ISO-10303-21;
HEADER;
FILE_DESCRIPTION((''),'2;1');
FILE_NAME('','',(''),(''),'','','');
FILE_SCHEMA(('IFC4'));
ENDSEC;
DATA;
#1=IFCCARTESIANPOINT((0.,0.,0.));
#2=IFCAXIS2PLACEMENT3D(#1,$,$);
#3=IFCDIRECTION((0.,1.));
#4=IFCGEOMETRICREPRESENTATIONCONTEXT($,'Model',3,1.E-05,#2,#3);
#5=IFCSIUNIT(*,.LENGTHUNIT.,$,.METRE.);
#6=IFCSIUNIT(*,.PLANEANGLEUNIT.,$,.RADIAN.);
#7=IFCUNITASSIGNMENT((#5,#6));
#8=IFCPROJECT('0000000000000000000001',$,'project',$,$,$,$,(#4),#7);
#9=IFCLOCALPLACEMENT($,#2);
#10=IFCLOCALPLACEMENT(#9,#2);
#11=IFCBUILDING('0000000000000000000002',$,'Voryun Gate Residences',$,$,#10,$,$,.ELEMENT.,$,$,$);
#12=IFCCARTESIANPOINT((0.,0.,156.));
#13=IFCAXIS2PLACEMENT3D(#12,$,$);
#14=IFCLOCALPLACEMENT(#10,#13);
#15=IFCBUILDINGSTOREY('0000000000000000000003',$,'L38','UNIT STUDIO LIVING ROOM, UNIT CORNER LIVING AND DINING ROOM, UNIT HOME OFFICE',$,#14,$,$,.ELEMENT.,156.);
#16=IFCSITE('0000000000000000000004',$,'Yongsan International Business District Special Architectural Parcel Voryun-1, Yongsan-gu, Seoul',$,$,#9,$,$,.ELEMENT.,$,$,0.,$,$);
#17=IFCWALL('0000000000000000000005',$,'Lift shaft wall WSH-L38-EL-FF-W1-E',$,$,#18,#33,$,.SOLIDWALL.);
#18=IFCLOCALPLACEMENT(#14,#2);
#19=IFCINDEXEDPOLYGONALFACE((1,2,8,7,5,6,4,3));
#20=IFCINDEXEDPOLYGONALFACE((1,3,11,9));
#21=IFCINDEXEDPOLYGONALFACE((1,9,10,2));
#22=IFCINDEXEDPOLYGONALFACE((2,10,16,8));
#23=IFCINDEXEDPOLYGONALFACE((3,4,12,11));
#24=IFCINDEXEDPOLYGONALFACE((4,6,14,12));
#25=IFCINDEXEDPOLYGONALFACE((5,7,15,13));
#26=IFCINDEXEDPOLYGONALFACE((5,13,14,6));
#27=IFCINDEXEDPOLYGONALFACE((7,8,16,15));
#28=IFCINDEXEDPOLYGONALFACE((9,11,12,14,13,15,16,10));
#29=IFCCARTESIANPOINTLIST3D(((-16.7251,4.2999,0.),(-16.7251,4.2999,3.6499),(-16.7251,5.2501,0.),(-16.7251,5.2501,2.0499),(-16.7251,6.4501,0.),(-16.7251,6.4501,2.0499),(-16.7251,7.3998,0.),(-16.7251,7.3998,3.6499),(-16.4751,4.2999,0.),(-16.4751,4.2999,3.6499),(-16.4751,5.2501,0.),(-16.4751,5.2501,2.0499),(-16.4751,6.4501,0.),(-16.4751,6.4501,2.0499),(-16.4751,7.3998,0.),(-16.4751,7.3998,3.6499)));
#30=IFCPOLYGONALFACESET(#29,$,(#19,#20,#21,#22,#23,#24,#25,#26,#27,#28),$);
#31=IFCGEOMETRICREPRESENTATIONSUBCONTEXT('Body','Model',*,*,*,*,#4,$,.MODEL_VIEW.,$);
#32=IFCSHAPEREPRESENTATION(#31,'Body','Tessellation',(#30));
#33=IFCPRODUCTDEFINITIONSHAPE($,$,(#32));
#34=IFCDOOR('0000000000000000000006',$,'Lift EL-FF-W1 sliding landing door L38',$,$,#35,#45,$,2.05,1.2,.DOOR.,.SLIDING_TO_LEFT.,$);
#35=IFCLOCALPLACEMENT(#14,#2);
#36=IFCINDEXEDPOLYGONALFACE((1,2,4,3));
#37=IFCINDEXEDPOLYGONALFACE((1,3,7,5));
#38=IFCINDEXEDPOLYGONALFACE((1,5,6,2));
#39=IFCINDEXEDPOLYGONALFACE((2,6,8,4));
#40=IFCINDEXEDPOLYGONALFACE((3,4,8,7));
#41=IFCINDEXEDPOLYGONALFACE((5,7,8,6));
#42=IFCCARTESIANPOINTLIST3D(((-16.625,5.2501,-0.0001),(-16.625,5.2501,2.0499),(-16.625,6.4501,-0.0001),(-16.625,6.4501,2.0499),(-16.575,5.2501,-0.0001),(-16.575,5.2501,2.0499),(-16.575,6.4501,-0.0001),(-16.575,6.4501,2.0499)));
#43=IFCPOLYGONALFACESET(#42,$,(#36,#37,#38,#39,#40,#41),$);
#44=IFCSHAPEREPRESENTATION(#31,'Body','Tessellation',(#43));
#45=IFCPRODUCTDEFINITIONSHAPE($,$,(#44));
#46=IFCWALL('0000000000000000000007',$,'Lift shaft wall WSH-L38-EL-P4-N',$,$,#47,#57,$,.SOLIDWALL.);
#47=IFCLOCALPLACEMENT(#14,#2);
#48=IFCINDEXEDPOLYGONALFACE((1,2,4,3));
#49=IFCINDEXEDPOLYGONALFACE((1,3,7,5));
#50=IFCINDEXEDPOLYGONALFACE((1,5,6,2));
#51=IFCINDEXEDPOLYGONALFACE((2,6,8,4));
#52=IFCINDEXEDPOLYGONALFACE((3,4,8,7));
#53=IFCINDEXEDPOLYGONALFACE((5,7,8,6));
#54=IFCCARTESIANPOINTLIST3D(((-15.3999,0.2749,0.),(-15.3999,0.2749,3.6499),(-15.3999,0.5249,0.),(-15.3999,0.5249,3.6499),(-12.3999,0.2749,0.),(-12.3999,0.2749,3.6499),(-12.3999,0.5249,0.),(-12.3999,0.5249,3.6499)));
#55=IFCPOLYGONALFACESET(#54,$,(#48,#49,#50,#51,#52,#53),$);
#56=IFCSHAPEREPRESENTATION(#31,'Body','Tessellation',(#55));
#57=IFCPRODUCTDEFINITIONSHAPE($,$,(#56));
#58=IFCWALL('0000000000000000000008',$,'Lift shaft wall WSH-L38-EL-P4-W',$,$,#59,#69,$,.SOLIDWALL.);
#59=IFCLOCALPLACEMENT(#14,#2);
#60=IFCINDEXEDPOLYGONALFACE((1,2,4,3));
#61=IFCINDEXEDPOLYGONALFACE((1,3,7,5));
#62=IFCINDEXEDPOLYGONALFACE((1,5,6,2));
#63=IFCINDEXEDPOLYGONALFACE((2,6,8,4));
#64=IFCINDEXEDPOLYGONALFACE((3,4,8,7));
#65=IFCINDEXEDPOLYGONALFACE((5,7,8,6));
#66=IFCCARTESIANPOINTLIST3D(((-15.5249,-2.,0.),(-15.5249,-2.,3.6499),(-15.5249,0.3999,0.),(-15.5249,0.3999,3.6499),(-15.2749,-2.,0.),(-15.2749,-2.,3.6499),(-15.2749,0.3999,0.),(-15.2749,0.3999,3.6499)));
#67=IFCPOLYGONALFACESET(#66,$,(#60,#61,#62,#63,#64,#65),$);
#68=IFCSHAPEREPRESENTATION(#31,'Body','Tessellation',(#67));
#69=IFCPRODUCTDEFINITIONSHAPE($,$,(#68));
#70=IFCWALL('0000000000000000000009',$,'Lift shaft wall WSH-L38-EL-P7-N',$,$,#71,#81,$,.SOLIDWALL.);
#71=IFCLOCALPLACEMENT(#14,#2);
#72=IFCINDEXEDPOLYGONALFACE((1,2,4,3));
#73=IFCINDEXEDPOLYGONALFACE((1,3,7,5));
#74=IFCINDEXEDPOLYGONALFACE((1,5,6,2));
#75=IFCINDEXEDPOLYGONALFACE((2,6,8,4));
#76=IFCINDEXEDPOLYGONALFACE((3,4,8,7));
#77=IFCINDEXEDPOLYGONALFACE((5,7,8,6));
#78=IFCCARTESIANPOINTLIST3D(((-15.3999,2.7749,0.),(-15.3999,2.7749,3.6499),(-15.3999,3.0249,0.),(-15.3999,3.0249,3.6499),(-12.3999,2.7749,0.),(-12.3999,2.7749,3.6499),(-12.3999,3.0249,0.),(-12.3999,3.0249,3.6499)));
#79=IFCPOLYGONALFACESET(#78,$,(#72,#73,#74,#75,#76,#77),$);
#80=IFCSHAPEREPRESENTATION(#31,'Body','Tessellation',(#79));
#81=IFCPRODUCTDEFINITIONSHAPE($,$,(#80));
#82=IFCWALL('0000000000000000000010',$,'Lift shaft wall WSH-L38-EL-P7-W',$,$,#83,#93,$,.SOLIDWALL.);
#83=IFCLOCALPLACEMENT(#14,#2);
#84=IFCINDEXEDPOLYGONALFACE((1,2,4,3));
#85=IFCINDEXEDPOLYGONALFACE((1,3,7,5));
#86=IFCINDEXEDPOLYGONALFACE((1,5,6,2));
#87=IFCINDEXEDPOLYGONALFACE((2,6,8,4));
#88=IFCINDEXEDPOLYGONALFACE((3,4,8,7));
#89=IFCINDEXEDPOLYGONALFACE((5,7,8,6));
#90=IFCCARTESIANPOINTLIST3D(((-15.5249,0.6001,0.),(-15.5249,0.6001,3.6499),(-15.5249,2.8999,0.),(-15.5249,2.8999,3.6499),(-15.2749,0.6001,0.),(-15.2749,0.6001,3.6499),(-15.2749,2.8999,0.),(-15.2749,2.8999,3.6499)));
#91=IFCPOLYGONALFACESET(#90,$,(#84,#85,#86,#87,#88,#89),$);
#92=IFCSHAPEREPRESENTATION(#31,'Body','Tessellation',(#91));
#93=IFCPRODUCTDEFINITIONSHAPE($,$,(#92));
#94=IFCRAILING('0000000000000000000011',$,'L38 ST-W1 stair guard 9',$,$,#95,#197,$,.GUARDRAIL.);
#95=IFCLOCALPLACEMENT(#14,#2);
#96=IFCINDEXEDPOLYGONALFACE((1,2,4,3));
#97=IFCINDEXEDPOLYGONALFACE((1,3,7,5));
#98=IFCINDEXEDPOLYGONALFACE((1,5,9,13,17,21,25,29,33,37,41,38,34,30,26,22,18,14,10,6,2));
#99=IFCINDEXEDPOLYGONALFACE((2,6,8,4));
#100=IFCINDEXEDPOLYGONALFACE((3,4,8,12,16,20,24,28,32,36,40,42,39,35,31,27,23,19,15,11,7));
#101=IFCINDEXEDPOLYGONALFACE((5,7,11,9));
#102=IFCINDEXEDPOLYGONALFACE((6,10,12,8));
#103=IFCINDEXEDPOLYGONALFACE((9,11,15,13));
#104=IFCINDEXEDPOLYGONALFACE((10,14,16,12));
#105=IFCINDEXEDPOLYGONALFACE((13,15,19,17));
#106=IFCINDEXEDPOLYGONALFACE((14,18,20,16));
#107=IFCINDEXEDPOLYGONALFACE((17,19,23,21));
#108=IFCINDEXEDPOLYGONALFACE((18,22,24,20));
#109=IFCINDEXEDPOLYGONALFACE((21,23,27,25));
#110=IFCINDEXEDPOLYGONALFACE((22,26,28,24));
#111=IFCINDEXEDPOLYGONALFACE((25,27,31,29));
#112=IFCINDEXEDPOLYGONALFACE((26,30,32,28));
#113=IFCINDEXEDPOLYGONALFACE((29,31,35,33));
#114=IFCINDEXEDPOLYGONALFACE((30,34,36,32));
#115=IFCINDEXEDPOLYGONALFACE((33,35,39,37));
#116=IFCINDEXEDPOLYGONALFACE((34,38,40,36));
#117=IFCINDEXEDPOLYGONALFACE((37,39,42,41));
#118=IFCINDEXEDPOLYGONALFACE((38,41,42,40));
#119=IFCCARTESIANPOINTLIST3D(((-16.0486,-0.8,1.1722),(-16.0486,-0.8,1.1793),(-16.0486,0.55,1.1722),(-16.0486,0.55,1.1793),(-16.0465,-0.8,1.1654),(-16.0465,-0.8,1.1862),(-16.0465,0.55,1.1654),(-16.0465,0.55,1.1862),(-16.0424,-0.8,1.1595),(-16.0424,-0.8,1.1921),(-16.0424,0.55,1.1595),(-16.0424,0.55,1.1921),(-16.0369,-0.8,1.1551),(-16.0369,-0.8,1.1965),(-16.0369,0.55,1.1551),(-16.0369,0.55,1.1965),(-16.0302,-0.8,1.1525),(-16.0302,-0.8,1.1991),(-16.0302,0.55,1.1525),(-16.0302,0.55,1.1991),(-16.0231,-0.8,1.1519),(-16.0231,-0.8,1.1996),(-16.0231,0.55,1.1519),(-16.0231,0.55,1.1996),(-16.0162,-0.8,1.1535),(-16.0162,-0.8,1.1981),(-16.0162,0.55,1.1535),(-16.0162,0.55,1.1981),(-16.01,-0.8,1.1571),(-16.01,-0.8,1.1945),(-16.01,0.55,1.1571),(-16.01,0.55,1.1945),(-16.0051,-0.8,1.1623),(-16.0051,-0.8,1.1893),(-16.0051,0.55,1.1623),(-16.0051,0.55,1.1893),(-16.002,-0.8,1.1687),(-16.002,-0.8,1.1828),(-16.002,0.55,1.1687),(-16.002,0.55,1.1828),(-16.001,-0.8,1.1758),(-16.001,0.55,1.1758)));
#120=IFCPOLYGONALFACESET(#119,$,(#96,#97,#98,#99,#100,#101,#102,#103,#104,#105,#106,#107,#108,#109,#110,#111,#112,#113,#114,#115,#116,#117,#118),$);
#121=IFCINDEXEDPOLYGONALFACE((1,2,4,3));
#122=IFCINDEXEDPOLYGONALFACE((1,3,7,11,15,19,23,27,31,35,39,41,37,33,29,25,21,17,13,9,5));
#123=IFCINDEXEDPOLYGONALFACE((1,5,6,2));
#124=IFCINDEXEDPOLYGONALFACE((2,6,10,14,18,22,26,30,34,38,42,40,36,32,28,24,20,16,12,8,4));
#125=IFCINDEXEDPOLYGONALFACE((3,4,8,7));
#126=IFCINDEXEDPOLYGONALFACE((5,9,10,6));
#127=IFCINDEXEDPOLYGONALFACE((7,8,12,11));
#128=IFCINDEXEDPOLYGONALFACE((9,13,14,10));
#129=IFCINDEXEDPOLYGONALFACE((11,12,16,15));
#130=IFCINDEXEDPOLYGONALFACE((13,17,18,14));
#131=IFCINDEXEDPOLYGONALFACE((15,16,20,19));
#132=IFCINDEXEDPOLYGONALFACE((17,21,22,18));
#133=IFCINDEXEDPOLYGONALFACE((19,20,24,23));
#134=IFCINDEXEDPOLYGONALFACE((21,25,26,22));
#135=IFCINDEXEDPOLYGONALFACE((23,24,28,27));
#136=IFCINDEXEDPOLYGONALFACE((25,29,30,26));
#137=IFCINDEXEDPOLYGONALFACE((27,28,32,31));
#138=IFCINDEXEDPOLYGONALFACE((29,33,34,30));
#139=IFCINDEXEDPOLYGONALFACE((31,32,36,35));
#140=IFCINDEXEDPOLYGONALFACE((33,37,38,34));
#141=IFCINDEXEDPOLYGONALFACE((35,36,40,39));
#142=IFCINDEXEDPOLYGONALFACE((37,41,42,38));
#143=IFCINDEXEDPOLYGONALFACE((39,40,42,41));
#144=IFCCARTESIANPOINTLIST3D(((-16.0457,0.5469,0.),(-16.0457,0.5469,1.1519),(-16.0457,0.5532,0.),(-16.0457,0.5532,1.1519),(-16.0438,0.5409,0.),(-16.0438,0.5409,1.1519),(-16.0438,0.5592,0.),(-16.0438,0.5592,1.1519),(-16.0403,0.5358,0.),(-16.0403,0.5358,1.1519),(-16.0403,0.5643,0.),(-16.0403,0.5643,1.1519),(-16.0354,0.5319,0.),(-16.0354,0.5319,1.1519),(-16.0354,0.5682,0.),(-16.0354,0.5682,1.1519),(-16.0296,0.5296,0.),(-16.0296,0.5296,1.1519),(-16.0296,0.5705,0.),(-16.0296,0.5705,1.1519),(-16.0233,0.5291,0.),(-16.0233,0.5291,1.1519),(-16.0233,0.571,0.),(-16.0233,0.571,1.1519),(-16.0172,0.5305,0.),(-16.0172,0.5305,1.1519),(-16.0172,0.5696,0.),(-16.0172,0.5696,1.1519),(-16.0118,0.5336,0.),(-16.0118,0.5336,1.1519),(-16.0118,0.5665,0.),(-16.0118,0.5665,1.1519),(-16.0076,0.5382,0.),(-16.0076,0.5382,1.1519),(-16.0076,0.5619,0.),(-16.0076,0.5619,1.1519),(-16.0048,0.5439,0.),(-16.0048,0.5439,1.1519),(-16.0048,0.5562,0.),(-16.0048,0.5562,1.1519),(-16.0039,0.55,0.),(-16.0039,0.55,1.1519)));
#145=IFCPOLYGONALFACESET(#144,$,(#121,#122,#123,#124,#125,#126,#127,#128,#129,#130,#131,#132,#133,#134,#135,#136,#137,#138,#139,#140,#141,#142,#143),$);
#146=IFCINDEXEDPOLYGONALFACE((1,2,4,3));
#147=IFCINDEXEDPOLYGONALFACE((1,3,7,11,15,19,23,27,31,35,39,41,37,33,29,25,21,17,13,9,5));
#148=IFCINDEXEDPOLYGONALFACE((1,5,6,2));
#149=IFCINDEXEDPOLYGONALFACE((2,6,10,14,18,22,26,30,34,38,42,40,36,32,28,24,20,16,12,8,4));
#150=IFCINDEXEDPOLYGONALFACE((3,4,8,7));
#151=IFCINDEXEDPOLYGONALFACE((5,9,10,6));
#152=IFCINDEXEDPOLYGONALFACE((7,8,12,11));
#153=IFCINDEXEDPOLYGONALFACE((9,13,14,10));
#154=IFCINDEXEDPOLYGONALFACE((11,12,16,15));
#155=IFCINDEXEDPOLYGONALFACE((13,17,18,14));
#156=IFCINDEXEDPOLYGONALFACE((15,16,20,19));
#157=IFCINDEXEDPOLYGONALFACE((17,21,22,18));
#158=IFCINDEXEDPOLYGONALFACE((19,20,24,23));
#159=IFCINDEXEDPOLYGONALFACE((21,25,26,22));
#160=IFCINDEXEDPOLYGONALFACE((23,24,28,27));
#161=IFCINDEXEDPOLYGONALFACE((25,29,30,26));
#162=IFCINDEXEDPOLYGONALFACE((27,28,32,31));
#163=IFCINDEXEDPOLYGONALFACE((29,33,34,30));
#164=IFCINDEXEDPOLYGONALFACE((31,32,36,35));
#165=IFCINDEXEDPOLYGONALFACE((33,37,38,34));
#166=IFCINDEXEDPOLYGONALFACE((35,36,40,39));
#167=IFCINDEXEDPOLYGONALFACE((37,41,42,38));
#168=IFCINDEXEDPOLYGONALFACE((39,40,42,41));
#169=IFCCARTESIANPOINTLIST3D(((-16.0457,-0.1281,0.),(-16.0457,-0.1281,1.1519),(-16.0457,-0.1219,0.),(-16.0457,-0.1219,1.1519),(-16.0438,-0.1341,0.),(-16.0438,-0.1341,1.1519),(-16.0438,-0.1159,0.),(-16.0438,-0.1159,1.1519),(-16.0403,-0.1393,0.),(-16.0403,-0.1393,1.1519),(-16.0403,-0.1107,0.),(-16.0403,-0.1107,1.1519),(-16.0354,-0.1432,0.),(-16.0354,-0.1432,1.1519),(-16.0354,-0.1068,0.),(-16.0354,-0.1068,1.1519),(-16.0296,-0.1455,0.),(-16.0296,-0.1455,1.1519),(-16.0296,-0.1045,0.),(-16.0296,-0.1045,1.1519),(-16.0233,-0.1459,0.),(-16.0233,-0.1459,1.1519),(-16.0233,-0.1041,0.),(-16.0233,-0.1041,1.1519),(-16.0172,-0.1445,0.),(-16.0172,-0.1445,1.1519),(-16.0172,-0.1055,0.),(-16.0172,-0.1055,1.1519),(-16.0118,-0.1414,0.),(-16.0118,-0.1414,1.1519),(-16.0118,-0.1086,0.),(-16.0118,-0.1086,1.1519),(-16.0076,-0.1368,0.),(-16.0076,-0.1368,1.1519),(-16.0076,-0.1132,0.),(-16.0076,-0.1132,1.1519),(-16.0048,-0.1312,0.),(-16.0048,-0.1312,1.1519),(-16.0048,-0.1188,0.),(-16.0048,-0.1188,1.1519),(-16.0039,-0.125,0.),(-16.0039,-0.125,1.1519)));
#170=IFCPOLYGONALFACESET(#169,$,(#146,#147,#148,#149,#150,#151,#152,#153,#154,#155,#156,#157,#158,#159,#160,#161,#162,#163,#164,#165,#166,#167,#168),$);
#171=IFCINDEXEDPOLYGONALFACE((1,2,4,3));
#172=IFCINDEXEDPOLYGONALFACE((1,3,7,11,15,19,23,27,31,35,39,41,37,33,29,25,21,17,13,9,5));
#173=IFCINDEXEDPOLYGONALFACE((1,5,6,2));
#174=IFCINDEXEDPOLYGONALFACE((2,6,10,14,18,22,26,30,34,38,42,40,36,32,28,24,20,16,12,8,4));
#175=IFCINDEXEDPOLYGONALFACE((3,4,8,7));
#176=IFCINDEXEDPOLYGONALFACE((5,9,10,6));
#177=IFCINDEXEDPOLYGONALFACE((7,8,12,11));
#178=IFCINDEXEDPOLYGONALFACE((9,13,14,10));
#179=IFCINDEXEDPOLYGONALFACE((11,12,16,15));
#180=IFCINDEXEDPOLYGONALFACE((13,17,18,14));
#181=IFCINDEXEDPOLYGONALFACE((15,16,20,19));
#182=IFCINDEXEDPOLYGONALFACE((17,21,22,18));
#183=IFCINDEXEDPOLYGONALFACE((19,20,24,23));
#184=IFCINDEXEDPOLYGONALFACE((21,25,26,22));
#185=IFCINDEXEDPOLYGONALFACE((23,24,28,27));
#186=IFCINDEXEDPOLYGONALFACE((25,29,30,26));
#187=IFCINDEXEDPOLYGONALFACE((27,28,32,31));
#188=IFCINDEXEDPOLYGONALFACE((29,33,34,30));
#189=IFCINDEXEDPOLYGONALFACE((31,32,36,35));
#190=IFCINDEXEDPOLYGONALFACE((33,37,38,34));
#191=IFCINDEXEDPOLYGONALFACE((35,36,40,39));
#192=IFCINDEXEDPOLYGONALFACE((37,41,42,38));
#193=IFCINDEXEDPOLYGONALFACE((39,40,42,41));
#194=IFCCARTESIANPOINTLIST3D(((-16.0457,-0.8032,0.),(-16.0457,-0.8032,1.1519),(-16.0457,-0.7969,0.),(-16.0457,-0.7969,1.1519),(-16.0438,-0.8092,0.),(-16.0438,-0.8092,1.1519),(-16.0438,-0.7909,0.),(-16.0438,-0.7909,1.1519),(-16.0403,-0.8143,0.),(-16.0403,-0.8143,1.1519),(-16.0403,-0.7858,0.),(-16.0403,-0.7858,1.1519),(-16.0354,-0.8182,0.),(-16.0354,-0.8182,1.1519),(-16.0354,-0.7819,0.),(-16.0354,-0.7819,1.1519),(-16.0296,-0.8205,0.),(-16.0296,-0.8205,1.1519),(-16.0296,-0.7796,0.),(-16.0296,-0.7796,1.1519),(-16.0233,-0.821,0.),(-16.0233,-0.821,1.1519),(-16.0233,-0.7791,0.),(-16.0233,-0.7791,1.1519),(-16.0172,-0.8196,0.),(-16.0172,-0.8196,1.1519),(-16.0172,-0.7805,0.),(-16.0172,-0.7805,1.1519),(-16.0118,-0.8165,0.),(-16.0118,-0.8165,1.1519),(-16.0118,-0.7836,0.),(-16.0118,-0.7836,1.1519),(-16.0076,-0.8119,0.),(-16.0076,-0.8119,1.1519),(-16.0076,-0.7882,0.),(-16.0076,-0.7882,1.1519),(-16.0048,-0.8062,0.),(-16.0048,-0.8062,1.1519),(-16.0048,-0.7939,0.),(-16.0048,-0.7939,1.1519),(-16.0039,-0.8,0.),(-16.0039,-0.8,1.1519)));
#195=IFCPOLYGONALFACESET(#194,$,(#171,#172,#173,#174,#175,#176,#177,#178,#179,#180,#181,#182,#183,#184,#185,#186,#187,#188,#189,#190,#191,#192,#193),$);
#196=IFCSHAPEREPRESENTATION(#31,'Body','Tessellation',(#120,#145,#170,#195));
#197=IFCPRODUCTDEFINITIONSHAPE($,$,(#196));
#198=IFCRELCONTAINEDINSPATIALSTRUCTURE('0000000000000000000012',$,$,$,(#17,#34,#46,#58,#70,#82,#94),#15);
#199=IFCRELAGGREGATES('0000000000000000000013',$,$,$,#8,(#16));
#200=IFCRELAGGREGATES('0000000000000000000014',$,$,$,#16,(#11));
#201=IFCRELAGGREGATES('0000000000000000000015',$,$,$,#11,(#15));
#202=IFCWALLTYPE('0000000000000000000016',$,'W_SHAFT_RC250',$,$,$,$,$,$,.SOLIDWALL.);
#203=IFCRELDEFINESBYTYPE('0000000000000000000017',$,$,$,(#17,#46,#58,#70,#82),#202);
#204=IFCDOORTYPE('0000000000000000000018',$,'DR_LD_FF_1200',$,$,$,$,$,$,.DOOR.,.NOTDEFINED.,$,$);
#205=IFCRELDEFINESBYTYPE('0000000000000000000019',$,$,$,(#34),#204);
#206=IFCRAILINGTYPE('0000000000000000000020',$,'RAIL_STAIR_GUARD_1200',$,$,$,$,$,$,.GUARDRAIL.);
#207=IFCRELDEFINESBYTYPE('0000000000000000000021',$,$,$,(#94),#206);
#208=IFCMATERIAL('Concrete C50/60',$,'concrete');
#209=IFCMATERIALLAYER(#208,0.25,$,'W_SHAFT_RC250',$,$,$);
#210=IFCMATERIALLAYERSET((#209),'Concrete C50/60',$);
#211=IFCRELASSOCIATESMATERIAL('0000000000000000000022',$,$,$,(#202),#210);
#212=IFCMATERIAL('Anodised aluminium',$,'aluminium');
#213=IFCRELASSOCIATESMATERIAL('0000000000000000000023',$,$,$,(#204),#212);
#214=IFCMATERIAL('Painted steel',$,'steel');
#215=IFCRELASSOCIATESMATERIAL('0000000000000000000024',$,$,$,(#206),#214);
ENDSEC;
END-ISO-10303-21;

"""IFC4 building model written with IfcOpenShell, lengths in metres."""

from ifc_helpers import new_model, si_unit, direction, frame, frame_2d, origin, origin_2d, place, context, subcontext, project, spatial, rectangle, circle, extrude, material, layer, layer_set, type_object, element, fill, save


model = new_model("IFC4")

# Units and contexts
model_context = context("Model", 3, precision=1e-05, world=origin(), true_north=direction((0.0, 1.0)))
body_context = subcontext(model_context, "Body", "Model", "MODEL_VIEW")
ifc_project = project(units=[si_unit("LENGTHUNIT", "METRE"), si_unit("PLANEANGLEUNIT", "RADIAN")], contexts=[model_context])

# Site, building, storey
site_placement = place(None, origin())
site = spatial("IfcSite", under=ifc_project, at=site_placement, Name="Yongsan International Business District Special Architectural Parcel Voryun-1, Yongsan-gu, Seoul", CompositionType="ELEMENT", RefElevation=0.0)
building_placement = place(site_placement, origin())
building = spatial("IfcBuilding", under=site, at=building_placement, Name="Voryun Gate Residences", CompositionType="ELEMENT")
storey_placement = place(building_placement, frame((0.0, 0.0, 156.0)))
storey = spatial("IfcBuildingStorey", under=building, at=storey_placement, Name="L38", Description="UNIT STUDIO LIVING ROOM, UNIT CORNER LIVING AND DINING ROOM, UNIT HOME OFFICE", CompositionType="ELEMENT", Elevation=156.0)

# Wall, opening, door
ifc_material_1 = material(Name="Concrete C50/60", Category="concrete")
ifc_layer_1 = layer(ifc_material_1, 0.25, Name="W_SHAFT_RC250")
ifc_layer_set_1 = layer_set([ifc_layer_1], Name="Concrete C50/60")
wall_type_1 = type_object("IfcWallType", Name="W_SHAFT_RC250", PredefinedType="SOLIDWALL", material=ifc_layer_set_1)
wall_1_placement = place(storey_placement, frame((-16.6001, 4.3, 0.0), z_axis=(0.0, 0.0, 1.0), x_axis=(0.0, 1.0, 0.0)))
wall_1 = element("IfcWall", 1, at=wall_1_placement, inside=storey, type_object=wall_type_1, Name="Lift shaft wall WSH-L38-EL-FF-W1-E", PredefinedType="SOLIDWALL", context=body_context, shape_type="SweptSolid", body=[
    extrude(rectangle(XDim=3.0999, YDim=0.25, at=frame_2d((1.5498, 0.0))), origin(), (0.0, 0.0, 1.0), 3.6499),
])
opening_1_placement = place(wall_1_placement, frame((0.95, 0.0, 0.0)))
opening_1 = element("IfcOpeningElement", 2, at=opening_1_placement, cuts=wall_1, PredefinedType="OPENING", context=body_context, shape_type="SweptSolid", body=[
    extrude(rectangle(XDim=1.2, YDim=2.05, at=frame_2d((0.6001, 1.0249))), frame((0.0, 0.135, 0.0), z_axis=(0.0, -1.0, 0.0), x_axis=(1.0, 0.0, 0.0)), (0.0, 0.0, 1.0), 0.27),
])
ifc_material_2 = material(Name="Anodised aluminium", Category="aluminium")
door_type_1 = type_object("IfcDoorType", Name="DR_LD_FF_1200", OperationType="NOTDEFINED", PredefinedType="DOOR", material=ifc_material_2)
door_1_placement = place(opening_1_placement, origin())
door_1 = element("IfcDoor", 3, at=door_1_placement, inside=storey, type_object=door_type_1, Name="Lift EL-FF-W1 sliding landing door L38", OperationType="SLIDING_TO_LEFT", OverallHeight=2.05, OverallWidth=1.2, PredefinedType="DOOR", context=body_context, shape_type="SweptSolid", body=[
    extrude(rectangle(XDim=1.2, YDim=2.05, at=frame_2d((0.6001, 1.0249))), frame((0.0, 0.0249, 0.0), z_axis=(0.0, -1.0, 0.0), x_axis=(1.0, 0.0, 0.0)), (0.0, 0.0, 1.0), 0.05),
])
fill(opening_1, door_1)

# Walls
wall_2_placement = place(storey_placement, frame((-12.3999, 0.3999, 0.0), z_axis=(0.0, 0.0, 1.0), x_axis=(-1.0, 0.0, 0.0)))
element("IfcWall", 4, at=wall_2_placement, inside=storey, type_object=wall_type_1, Name="Lift shaft wall WSH-L38-EL-P4-N", PredefinedType="SOLIDWALL", context=body_context, shape_type="SweptSolid", body=[
    extrude(rectangle(XDim=3.0, YDim=0.25, at=frame_2d((1.5, 0.0))), origin(), (0.0, 0.0, 1.0), 3.6499),
])
wall_3_placement = place(storey_placement, frame((-15.3999, 0.3999, 0.0), z_axis=(0.0, 0.0, 1.0), x_axis=(0.0, -1.0, 0.0)))
element("IfcWall", 5, at=wall_3_placement, inside=storey, type_object=wall_type_1, Name="Lift shaft wall WSH-L38-EL-P4-W", PredefinedType="SOLIDWALL", context=body_context, shape_type="SweptSolid", body=[
    extrude(rectangle(XDim=2.3999, YDim=0.25, at=frame_2d((1.2, 0.0))), origin(), (0.0, 0.0, 1.0), 3.6499),
])
wall_4_placement = place(storey_placement, frame((-12.3999, 2.8999, 0.0), z_axis=(0.0, 0.0, 1.0), x_axis=(-1.0, 0.0, 0.0)))
element("IfcWall", 6, at=wall_4_placement, inside=storey, type_object=wall_type_1, Name="Lift shaft wall WSH-L38-EL-P7-N", PredefinedType="SOLIDWALL", context=body_context, shape_type="SweptSolid", body=[
    extrude(rectangle(XDim=3.0, YDim=0.25, at=frame_2d((1.5, 0.0))), origin(), (0.0, 0.0, 1.0), 3.6499),
])
wall_5_placement = place(storey_placement, frame((-15.3999, 2.8999, 0.0), z_axis=(0.0, 0.0, 1.0), x_axis=(0.0, -1.0, 0.0)))
element("IfcWall", 7, at=wall_5_placement, inside=storey, type_object=wall_type_1, Name="Lift shaft wall WSH-L38-EL-P7-W", PredefinedType="SOLIDWALL", context=body_context, shape_type="SweptSolid", body=[
    extrude(rectangle(XDim=2.2998, YDim=0.25, at=frame_2d((1.1499, 0.0))), origin(), (0.0, 0.0, 1.0), 3.6499),
])

# Railing
ifc_material_3 = material(Name="Painted steel", Category="steel")
railing_type = type_object("IfcRailingType", Name="RAIL_STAIR_GUARD_1200", PredefinedType="GUARDRAIL", material=ifc_material_3)
railing_1_placement = place(storey_placement, frame((-16.0249, 0.55, 0.0)))
element("IfcRailing", 8, at=railing_1_placement, inside=storey, type_object=railing_type, Name="L38 ST-W1 stair guard 9", PredefinedType="GUARDRAIL", context=body_context, shape_type="SweptSolid", body=[
    extrude(circle(Radius=0.0239, at=origin_2d()), frame((0.0, 0.0, 1.1758), z_axis=(0.0, -1.0, 0.0), x_axis=(1.0, 0.0, 0.0)), (0.0, 0.0, 1.0), 1.3501),
    extrude(circle(Radius=0.021, at=origin_2d()), origin(), (0.0, 0.0, 1.0), 1.1519),
    extrude(circle(Radius=0.021, at=origin_2d()), frame((0.0, -0.675, 0.0)), (0.0, 0.0, 1.0), 1.1519),
    extrude(circle(Radius=0.021, at=origin_2d()), frame((0.0, -1.3501, 0.0)), (0.0, 0.0, 1.0), 1.1519),
])

save(model, "model.ifc")
